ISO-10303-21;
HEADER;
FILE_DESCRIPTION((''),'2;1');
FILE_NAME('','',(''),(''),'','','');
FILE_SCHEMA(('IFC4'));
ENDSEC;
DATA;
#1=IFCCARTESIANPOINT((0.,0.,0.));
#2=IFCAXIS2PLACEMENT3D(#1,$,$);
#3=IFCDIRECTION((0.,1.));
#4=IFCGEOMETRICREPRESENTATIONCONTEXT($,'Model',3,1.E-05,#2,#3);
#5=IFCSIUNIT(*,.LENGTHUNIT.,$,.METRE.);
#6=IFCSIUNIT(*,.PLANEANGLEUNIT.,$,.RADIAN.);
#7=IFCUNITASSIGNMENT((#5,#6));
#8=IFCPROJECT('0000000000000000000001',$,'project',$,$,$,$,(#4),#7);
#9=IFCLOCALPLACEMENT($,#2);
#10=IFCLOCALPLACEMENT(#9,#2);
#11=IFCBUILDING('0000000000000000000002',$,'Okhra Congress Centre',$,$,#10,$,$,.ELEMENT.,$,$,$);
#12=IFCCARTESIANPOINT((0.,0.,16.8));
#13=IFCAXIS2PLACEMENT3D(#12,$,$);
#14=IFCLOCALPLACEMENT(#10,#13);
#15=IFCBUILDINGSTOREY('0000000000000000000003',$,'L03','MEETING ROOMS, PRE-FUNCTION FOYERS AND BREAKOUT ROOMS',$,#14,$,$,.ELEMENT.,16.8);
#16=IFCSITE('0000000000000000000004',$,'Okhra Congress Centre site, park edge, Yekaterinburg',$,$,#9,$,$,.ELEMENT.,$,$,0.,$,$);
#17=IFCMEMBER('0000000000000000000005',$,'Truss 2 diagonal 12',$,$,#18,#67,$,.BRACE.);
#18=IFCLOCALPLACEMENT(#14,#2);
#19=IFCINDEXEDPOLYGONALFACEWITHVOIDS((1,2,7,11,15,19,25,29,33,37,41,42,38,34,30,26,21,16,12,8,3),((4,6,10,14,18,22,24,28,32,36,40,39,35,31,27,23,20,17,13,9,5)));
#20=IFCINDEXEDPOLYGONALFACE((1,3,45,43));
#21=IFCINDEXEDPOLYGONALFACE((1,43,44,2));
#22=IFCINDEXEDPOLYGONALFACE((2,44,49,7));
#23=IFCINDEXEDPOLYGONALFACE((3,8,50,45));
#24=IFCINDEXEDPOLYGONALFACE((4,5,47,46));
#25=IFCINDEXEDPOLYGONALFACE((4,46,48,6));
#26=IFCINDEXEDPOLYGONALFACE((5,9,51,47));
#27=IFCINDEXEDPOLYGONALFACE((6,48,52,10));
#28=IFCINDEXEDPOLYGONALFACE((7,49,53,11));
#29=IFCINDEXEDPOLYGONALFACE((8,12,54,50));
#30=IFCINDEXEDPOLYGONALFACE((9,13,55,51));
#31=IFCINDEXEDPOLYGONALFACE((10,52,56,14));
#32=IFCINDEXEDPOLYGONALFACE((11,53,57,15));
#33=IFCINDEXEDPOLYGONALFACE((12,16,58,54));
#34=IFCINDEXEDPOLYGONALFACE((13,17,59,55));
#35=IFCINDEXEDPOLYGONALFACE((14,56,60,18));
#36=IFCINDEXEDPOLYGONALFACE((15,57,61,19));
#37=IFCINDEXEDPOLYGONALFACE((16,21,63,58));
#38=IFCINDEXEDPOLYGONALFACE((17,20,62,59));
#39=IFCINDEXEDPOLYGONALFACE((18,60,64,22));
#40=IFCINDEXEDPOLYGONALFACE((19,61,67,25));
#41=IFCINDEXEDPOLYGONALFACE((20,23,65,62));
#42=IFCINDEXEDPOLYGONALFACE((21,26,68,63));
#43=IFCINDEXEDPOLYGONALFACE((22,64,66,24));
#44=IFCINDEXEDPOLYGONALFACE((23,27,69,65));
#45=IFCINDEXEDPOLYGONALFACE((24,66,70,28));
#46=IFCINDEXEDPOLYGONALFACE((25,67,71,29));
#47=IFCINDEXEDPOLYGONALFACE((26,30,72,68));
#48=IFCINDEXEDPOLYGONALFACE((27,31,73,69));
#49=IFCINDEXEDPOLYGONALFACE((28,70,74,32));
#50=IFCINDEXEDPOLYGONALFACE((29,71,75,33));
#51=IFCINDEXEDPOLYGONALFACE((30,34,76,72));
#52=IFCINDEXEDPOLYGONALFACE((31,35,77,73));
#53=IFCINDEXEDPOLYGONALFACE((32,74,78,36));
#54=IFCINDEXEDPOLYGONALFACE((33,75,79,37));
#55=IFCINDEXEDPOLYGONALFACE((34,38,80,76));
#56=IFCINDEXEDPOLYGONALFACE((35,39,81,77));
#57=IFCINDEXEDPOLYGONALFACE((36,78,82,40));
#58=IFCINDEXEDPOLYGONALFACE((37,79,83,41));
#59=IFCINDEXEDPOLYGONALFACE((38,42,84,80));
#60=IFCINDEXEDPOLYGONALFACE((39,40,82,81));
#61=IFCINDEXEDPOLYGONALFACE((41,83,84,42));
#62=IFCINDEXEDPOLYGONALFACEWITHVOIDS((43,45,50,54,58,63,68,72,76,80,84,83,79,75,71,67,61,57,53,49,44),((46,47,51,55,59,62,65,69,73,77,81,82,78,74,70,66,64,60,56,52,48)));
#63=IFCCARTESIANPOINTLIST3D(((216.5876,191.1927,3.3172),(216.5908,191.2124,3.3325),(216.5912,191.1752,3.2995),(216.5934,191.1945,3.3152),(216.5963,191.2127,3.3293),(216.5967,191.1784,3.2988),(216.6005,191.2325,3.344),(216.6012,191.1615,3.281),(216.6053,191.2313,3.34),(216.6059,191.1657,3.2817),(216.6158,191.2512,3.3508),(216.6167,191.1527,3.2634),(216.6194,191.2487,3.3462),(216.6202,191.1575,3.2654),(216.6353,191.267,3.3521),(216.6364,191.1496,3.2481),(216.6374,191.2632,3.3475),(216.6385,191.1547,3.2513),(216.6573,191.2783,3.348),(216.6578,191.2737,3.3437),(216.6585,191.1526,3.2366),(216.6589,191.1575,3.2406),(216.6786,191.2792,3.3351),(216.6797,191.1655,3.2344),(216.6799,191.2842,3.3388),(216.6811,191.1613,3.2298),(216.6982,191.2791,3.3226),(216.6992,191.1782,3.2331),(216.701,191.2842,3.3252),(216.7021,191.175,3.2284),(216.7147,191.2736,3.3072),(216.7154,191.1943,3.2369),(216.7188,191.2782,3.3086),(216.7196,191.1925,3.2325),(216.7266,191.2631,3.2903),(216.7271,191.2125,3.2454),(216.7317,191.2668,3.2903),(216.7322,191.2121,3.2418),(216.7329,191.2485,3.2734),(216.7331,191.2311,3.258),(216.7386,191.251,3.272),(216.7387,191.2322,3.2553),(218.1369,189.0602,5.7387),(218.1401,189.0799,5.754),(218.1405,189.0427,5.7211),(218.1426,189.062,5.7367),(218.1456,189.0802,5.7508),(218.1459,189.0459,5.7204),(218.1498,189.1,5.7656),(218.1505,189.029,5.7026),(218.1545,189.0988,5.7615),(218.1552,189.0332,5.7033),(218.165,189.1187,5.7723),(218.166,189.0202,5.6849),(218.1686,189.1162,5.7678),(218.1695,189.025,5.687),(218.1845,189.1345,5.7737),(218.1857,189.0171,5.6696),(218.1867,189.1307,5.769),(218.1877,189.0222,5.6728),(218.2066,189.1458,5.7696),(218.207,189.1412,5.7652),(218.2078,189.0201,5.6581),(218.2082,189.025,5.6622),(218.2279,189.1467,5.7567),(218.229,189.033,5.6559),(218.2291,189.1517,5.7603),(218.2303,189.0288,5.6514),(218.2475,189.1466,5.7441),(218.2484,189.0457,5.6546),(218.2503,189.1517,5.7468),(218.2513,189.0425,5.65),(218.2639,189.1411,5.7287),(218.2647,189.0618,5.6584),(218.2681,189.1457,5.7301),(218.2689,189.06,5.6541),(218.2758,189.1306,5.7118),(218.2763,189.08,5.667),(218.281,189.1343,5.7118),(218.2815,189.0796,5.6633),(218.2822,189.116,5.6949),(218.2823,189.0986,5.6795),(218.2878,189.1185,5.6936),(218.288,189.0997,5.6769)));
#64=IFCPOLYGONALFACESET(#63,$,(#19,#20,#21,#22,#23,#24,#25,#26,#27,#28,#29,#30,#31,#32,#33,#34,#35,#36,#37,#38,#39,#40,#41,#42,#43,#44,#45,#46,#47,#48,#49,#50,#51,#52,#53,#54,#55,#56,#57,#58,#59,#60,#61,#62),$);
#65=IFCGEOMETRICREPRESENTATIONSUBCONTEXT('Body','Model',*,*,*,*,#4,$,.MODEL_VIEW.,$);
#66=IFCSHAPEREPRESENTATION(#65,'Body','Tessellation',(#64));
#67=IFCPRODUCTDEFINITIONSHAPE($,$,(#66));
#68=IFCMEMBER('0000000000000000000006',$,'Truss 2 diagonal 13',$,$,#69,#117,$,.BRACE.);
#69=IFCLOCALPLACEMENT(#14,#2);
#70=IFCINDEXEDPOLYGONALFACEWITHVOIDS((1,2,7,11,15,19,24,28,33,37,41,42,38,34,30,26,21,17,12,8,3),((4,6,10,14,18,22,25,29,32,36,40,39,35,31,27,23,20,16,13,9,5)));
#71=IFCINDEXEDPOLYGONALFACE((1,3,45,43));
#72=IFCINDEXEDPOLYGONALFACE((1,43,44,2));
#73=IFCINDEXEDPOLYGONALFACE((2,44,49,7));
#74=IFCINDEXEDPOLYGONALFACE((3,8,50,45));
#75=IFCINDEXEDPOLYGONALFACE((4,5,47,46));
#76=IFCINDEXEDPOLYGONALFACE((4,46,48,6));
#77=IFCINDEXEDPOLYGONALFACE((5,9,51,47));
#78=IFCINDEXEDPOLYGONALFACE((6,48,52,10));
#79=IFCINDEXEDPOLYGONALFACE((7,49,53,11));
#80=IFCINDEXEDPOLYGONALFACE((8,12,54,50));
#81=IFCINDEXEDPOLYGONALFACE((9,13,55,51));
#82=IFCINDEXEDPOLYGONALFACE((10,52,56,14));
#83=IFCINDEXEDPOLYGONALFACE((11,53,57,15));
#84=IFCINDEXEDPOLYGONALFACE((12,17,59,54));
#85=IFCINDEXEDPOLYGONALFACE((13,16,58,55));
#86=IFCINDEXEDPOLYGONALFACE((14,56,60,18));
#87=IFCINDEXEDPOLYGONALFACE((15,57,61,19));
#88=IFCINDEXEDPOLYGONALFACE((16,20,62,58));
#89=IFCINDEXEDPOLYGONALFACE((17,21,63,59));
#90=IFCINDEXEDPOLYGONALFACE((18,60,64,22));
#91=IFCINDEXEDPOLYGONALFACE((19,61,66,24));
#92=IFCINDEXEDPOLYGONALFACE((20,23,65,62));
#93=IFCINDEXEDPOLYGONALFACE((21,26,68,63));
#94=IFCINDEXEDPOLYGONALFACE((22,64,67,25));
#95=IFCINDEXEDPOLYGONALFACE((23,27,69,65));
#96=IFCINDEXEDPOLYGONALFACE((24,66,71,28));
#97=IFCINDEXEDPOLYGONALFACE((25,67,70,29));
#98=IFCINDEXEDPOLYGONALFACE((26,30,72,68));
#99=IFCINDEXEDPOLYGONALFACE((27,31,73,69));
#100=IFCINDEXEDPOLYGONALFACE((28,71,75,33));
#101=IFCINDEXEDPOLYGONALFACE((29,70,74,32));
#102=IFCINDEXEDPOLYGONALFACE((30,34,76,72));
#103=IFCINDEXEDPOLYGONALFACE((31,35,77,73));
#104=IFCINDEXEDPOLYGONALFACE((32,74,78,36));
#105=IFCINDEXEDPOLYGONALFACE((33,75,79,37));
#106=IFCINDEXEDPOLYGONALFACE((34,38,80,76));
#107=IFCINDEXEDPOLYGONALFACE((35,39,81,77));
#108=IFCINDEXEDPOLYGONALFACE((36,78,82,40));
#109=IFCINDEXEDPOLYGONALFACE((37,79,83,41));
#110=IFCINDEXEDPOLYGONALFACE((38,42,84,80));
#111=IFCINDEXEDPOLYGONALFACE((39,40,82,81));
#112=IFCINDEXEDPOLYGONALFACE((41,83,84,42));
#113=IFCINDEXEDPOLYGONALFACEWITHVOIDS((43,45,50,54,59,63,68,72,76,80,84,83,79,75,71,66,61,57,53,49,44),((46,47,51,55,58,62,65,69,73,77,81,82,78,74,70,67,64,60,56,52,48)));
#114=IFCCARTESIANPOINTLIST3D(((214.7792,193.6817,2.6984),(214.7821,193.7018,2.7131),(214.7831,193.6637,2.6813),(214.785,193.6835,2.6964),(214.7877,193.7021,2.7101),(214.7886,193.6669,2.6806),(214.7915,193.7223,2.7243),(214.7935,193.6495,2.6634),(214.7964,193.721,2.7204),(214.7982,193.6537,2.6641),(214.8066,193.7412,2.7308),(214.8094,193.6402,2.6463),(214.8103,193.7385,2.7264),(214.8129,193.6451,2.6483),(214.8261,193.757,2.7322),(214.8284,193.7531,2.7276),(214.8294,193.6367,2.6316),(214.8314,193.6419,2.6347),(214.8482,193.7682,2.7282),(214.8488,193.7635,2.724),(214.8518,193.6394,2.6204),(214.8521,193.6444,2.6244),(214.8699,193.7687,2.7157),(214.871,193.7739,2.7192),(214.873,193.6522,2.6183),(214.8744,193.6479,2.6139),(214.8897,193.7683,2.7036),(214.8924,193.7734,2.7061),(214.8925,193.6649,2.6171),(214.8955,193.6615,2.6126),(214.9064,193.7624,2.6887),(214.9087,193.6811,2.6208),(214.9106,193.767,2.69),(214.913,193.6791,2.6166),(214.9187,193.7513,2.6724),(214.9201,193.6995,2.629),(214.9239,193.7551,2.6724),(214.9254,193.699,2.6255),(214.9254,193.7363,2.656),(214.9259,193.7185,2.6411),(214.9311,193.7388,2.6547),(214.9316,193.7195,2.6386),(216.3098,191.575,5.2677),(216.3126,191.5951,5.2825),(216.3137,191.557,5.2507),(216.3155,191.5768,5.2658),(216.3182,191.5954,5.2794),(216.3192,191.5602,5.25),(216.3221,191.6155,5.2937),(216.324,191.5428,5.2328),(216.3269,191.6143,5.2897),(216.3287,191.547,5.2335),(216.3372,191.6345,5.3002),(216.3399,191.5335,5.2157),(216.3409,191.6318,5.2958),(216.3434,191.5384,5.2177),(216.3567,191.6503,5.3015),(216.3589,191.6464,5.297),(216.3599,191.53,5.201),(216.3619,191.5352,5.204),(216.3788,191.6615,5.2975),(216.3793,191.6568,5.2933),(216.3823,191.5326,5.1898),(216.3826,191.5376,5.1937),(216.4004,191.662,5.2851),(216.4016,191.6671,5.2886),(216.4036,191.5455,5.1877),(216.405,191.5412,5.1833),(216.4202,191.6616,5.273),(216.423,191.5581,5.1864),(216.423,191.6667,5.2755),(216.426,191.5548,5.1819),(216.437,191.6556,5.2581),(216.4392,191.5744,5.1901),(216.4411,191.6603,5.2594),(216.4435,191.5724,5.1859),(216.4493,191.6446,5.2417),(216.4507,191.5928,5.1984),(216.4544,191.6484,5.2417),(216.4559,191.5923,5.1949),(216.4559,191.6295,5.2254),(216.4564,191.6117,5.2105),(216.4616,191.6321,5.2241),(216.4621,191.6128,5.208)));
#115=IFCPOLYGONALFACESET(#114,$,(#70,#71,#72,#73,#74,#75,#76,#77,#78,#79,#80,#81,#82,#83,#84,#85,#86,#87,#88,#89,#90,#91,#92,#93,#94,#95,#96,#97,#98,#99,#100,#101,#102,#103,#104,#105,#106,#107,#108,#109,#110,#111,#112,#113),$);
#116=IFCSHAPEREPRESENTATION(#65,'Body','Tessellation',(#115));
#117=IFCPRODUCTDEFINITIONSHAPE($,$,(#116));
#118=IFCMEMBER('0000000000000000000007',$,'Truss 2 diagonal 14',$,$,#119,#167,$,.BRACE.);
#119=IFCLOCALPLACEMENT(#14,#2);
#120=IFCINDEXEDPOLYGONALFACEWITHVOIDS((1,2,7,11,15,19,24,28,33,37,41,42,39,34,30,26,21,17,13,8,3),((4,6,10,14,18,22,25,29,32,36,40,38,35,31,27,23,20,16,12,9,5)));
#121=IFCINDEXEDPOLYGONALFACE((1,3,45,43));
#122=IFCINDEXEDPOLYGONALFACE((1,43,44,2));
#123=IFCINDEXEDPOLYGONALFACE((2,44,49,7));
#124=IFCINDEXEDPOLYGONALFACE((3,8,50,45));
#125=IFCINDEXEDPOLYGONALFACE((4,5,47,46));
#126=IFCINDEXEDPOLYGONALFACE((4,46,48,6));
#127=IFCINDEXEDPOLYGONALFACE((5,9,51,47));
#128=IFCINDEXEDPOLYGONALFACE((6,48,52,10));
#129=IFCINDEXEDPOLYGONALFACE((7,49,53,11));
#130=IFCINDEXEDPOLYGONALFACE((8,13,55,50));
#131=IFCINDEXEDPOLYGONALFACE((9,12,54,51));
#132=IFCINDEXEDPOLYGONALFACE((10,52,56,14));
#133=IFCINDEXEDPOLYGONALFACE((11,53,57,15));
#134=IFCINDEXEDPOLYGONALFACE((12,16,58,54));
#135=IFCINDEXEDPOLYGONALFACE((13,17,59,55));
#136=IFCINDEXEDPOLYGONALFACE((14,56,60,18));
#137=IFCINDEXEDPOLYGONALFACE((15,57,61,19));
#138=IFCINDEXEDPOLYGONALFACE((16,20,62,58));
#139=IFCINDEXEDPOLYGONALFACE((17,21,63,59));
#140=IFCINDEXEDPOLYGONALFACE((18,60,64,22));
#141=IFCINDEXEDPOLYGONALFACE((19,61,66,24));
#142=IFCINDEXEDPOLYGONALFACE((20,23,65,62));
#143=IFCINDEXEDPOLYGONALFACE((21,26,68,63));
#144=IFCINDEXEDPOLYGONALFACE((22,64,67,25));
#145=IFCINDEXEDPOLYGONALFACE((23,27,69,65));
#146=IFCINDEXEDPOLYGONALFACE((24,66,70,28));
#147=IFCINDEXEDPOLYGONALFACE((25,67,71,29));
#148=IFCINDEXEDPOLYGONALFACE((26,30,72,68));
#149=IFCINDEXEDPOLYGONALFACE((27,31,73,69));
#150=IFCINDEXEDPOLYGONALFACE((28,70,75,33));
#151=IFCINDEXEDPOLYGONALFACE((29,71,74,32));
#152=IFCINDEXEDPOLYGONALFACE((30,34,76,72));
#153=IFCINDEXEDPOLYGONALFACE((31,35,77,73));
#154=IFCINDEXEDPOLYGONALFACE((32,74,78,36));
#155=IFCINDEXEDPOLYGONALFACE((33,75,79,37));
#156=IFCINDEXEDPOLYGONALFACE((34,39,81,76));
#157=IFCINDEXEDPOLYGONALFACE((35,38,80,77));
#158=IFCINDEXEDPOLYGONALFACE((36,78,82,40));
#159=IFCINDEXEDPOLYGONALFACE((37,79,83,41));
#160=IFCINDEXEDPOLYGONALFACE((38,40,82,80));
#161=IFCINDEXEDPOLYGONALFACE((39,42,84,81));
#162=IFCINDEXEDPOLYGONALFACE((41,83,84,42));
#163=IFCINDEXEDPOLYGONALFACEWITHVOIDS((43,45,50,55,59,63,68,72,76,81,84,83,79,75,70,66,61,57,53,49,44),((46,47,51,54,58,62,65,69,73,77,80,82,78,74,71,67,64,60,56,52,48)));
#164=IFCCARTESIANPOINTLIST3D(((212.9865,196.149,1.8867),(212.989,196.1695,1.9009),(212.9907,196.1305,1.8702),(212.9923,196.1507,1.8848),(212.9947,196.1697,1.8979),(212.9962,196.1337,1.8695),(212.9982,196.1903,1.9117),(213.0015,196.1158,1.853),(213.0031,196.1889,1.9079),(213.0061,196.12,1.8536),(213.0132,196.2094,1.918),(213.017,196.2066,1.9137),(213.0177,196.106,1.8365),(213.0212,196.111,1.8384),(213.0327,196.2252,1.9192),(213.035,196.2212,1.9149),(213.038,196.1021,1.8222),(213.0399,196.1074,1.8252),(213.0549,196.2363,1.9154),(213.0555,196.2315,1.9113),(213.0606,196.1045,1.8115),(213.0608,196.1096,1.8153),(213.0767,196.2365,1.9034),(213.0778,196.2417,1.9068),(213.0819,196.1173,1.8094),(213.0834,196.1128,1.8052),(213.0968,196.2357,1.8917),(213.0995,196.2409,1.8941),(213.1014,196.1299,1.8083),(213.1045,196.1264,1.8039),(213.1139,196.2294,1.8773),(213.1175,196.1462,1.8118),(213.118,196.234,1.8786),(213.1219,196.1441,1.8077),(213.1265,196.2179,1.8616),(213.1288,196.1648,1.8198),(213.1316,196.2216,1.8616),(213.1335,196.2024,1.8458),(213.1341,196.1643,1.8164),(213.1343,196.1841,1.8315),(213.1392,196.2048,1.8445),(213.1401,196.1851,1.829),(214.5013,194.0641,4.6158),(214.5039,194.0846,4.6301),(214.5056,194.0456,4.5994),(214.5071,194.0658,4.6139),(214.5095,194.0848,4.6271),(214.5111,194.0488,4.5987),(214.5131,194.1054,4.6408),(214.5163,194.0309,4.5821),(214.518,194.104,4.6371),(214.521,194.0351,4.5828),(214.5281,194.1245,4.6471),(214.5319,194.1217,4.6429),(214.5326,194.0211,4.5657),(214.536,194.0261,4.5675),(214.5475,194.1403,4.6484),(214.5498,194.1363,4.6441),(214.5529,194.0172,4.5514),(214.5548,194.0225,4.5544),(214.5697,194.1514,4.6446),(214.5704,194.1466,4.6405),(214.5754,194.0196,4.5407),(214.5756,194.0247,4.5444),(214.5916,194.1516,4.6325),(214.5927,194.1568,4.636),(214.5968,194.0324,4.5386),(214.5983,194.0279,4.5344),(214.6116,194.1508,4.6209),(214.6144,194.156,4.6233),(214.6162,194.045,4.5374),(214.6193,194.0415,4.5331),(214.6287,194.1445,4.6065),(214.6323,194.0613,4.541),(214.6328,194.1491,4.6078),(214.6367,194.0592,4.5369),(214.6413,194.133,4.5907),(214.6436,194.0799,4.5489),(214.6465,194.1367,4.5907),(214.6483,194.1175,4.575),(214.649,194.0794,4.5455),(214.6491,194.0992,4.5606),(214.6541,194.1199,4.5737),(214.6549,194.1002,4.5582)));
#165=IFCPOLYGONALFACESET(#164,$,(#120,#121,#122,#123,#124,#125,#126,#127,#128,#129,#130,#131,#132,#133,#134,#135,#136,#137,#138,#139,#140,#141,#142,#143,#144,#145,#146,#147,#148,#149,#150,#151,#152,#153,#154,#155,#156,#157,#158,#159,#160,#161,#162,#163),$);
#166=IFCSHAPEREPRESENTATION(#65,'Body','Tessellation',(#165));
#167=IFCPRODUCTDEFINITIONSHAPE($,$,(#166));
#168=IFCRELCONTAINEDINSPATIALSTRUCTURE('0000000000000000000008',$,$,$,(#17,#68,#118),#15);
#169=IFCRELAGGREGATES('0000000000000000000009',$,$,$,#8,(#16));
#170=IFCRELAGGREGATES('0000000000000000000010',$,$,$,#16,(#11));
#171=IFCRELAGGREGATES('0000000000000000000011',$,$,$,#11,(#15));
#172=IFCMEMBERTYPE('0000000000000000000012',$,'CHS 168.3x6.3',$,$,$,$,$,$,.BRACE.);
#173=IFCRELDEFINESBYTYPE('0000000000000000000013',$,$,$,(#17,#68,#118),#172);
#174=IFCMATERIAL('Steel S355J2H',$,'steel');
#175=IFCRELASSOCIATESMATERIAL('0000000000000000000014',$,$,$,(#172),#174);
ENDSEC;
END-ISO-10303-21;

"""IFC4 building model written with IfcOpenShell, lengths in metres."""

from ifc_helpers import new_model, si_unit, direction, frame, origin, origin_2d, place, context, subcontext, project, spatial, hollow_circle, extrude, material, material_profile, profile_set, type_object, element, save


model = new_model("IFC4")

# Units and contexts
model_context = context("Model", 3, precision=1e-05, world=origin(), true_north=direction((0.0, 1.0)))
body_context = subcontext(model_context, "Body", "Model", "MODEL_VIEW")
ifc_project = project(units=[si_unit("LENGTHUNIT", "METRE"), si_unit("PLANEANGLEUNIT", "RADIAN")], contexts=[model_context])

# Site, building, storey
site_placement = place(None, origin())
site = spatial("IfcSite", under=ifc_project, at=site_placement, Name="Okhra Congress Centre site, park edge, Yekaterinburg", CompositionType="ELEMENT", RefElevation=0.0)
building_placement = place(site_placement, origin())
building = spatial("IfcBuilding", under=site, at=building_placement, Name="Okhra Congress Centre", CompositionType="ELEMENT")
storey_placement = place(building_placement, frame((0.0, 0.0, 16.8)))
storey = spatial("IfcBuildingStorey", under=building, at=storey_placement, Name="L03", Description="MEETING ROOMS, PRE-FUNCTION FOYERS AND BREAKOUT ROOMS", CompositionType="ELEMENT", Elevation=16.8)

# Members
ifc_material_1 = material(Name="Steel S355J2H", Category="steel")
ifc_material_profile_1 = material_profile(ifc_material_1, hollow_circle(Radius=0.0842, WallThickness=0.0063, at=origin_2d()), Name="CHS 168.3x6.3")
ifc_profile_set_1 = profile_set([ifc_material_profile_1], Name="Steel S355J2H")
member_type_1 = type_object("IfcMemberType", Name="CHS 168.3x6.3", PredefinedType="BRACE", material=ifc_profile_set_1)
member_1_placement = place(storey_placement, frame((216.6636, 191.2173, 3.2903), z_axis=(0.432835, -0.59578, 0.676535), x_axis=(0.809032, 0.587764, 0.0)))
element("IfcMember", 1, at=member_1_placement, inside=storey, type_object=member_type_1, Name="Truss 2 diagonal 12", PredefinedType="BRACE", context=body_context, shape_type="SweptSolid", body=[
    extrude(hollow_circle(Radius=0.0842, WallThickness=0.0063, at=origin_2d()), origin(), (0.0, 0.0, 1.0), 3.5793),
])
member_2_placement = place(storey_placement, frame((214.8557, 193.7056, 2.6724), z_axis=(0.418385, -0.575888, 0.702358), x_axis=(0.809032, 0.587765, 0.0)))
element("IfcMember", 2, at=member_2_placement, inside=storey, type_object=member_type_1, Name="Truss 2 diagonal 13", PredefinedType="BRACE", context=body_context, shape_type="SweptSolid", body=[
    extrude(hollow_circle(Radius=0.0842, WallThickness=0.0063, at=origin_2d()), origin(), (0.0, 0.0, 1.0), 3.6582),
])
member_3_placement = place(storey_placement, frame((213.0635, 196.1721, 1.8616), z_axis=(0.403566, -0.555432, 0.727069), x_axis=(0.809002, 0.587806, 0.0)))
element("IfcMember", 3, at=member_3_placement, inside=storey, type_object=member_type_1, Name="Truss 2 diagonal 14", PredefinedType="BRACE", context=body_context, shape_type="SweptSolid", body=[
    extrude(hollow_circle(Radius=0.0842, WallThickness=0.0063, at=origin_2d()), origin(), (0.0, 0.0, 1.0), 3.7537),
])

save(model, "model.ifc")
